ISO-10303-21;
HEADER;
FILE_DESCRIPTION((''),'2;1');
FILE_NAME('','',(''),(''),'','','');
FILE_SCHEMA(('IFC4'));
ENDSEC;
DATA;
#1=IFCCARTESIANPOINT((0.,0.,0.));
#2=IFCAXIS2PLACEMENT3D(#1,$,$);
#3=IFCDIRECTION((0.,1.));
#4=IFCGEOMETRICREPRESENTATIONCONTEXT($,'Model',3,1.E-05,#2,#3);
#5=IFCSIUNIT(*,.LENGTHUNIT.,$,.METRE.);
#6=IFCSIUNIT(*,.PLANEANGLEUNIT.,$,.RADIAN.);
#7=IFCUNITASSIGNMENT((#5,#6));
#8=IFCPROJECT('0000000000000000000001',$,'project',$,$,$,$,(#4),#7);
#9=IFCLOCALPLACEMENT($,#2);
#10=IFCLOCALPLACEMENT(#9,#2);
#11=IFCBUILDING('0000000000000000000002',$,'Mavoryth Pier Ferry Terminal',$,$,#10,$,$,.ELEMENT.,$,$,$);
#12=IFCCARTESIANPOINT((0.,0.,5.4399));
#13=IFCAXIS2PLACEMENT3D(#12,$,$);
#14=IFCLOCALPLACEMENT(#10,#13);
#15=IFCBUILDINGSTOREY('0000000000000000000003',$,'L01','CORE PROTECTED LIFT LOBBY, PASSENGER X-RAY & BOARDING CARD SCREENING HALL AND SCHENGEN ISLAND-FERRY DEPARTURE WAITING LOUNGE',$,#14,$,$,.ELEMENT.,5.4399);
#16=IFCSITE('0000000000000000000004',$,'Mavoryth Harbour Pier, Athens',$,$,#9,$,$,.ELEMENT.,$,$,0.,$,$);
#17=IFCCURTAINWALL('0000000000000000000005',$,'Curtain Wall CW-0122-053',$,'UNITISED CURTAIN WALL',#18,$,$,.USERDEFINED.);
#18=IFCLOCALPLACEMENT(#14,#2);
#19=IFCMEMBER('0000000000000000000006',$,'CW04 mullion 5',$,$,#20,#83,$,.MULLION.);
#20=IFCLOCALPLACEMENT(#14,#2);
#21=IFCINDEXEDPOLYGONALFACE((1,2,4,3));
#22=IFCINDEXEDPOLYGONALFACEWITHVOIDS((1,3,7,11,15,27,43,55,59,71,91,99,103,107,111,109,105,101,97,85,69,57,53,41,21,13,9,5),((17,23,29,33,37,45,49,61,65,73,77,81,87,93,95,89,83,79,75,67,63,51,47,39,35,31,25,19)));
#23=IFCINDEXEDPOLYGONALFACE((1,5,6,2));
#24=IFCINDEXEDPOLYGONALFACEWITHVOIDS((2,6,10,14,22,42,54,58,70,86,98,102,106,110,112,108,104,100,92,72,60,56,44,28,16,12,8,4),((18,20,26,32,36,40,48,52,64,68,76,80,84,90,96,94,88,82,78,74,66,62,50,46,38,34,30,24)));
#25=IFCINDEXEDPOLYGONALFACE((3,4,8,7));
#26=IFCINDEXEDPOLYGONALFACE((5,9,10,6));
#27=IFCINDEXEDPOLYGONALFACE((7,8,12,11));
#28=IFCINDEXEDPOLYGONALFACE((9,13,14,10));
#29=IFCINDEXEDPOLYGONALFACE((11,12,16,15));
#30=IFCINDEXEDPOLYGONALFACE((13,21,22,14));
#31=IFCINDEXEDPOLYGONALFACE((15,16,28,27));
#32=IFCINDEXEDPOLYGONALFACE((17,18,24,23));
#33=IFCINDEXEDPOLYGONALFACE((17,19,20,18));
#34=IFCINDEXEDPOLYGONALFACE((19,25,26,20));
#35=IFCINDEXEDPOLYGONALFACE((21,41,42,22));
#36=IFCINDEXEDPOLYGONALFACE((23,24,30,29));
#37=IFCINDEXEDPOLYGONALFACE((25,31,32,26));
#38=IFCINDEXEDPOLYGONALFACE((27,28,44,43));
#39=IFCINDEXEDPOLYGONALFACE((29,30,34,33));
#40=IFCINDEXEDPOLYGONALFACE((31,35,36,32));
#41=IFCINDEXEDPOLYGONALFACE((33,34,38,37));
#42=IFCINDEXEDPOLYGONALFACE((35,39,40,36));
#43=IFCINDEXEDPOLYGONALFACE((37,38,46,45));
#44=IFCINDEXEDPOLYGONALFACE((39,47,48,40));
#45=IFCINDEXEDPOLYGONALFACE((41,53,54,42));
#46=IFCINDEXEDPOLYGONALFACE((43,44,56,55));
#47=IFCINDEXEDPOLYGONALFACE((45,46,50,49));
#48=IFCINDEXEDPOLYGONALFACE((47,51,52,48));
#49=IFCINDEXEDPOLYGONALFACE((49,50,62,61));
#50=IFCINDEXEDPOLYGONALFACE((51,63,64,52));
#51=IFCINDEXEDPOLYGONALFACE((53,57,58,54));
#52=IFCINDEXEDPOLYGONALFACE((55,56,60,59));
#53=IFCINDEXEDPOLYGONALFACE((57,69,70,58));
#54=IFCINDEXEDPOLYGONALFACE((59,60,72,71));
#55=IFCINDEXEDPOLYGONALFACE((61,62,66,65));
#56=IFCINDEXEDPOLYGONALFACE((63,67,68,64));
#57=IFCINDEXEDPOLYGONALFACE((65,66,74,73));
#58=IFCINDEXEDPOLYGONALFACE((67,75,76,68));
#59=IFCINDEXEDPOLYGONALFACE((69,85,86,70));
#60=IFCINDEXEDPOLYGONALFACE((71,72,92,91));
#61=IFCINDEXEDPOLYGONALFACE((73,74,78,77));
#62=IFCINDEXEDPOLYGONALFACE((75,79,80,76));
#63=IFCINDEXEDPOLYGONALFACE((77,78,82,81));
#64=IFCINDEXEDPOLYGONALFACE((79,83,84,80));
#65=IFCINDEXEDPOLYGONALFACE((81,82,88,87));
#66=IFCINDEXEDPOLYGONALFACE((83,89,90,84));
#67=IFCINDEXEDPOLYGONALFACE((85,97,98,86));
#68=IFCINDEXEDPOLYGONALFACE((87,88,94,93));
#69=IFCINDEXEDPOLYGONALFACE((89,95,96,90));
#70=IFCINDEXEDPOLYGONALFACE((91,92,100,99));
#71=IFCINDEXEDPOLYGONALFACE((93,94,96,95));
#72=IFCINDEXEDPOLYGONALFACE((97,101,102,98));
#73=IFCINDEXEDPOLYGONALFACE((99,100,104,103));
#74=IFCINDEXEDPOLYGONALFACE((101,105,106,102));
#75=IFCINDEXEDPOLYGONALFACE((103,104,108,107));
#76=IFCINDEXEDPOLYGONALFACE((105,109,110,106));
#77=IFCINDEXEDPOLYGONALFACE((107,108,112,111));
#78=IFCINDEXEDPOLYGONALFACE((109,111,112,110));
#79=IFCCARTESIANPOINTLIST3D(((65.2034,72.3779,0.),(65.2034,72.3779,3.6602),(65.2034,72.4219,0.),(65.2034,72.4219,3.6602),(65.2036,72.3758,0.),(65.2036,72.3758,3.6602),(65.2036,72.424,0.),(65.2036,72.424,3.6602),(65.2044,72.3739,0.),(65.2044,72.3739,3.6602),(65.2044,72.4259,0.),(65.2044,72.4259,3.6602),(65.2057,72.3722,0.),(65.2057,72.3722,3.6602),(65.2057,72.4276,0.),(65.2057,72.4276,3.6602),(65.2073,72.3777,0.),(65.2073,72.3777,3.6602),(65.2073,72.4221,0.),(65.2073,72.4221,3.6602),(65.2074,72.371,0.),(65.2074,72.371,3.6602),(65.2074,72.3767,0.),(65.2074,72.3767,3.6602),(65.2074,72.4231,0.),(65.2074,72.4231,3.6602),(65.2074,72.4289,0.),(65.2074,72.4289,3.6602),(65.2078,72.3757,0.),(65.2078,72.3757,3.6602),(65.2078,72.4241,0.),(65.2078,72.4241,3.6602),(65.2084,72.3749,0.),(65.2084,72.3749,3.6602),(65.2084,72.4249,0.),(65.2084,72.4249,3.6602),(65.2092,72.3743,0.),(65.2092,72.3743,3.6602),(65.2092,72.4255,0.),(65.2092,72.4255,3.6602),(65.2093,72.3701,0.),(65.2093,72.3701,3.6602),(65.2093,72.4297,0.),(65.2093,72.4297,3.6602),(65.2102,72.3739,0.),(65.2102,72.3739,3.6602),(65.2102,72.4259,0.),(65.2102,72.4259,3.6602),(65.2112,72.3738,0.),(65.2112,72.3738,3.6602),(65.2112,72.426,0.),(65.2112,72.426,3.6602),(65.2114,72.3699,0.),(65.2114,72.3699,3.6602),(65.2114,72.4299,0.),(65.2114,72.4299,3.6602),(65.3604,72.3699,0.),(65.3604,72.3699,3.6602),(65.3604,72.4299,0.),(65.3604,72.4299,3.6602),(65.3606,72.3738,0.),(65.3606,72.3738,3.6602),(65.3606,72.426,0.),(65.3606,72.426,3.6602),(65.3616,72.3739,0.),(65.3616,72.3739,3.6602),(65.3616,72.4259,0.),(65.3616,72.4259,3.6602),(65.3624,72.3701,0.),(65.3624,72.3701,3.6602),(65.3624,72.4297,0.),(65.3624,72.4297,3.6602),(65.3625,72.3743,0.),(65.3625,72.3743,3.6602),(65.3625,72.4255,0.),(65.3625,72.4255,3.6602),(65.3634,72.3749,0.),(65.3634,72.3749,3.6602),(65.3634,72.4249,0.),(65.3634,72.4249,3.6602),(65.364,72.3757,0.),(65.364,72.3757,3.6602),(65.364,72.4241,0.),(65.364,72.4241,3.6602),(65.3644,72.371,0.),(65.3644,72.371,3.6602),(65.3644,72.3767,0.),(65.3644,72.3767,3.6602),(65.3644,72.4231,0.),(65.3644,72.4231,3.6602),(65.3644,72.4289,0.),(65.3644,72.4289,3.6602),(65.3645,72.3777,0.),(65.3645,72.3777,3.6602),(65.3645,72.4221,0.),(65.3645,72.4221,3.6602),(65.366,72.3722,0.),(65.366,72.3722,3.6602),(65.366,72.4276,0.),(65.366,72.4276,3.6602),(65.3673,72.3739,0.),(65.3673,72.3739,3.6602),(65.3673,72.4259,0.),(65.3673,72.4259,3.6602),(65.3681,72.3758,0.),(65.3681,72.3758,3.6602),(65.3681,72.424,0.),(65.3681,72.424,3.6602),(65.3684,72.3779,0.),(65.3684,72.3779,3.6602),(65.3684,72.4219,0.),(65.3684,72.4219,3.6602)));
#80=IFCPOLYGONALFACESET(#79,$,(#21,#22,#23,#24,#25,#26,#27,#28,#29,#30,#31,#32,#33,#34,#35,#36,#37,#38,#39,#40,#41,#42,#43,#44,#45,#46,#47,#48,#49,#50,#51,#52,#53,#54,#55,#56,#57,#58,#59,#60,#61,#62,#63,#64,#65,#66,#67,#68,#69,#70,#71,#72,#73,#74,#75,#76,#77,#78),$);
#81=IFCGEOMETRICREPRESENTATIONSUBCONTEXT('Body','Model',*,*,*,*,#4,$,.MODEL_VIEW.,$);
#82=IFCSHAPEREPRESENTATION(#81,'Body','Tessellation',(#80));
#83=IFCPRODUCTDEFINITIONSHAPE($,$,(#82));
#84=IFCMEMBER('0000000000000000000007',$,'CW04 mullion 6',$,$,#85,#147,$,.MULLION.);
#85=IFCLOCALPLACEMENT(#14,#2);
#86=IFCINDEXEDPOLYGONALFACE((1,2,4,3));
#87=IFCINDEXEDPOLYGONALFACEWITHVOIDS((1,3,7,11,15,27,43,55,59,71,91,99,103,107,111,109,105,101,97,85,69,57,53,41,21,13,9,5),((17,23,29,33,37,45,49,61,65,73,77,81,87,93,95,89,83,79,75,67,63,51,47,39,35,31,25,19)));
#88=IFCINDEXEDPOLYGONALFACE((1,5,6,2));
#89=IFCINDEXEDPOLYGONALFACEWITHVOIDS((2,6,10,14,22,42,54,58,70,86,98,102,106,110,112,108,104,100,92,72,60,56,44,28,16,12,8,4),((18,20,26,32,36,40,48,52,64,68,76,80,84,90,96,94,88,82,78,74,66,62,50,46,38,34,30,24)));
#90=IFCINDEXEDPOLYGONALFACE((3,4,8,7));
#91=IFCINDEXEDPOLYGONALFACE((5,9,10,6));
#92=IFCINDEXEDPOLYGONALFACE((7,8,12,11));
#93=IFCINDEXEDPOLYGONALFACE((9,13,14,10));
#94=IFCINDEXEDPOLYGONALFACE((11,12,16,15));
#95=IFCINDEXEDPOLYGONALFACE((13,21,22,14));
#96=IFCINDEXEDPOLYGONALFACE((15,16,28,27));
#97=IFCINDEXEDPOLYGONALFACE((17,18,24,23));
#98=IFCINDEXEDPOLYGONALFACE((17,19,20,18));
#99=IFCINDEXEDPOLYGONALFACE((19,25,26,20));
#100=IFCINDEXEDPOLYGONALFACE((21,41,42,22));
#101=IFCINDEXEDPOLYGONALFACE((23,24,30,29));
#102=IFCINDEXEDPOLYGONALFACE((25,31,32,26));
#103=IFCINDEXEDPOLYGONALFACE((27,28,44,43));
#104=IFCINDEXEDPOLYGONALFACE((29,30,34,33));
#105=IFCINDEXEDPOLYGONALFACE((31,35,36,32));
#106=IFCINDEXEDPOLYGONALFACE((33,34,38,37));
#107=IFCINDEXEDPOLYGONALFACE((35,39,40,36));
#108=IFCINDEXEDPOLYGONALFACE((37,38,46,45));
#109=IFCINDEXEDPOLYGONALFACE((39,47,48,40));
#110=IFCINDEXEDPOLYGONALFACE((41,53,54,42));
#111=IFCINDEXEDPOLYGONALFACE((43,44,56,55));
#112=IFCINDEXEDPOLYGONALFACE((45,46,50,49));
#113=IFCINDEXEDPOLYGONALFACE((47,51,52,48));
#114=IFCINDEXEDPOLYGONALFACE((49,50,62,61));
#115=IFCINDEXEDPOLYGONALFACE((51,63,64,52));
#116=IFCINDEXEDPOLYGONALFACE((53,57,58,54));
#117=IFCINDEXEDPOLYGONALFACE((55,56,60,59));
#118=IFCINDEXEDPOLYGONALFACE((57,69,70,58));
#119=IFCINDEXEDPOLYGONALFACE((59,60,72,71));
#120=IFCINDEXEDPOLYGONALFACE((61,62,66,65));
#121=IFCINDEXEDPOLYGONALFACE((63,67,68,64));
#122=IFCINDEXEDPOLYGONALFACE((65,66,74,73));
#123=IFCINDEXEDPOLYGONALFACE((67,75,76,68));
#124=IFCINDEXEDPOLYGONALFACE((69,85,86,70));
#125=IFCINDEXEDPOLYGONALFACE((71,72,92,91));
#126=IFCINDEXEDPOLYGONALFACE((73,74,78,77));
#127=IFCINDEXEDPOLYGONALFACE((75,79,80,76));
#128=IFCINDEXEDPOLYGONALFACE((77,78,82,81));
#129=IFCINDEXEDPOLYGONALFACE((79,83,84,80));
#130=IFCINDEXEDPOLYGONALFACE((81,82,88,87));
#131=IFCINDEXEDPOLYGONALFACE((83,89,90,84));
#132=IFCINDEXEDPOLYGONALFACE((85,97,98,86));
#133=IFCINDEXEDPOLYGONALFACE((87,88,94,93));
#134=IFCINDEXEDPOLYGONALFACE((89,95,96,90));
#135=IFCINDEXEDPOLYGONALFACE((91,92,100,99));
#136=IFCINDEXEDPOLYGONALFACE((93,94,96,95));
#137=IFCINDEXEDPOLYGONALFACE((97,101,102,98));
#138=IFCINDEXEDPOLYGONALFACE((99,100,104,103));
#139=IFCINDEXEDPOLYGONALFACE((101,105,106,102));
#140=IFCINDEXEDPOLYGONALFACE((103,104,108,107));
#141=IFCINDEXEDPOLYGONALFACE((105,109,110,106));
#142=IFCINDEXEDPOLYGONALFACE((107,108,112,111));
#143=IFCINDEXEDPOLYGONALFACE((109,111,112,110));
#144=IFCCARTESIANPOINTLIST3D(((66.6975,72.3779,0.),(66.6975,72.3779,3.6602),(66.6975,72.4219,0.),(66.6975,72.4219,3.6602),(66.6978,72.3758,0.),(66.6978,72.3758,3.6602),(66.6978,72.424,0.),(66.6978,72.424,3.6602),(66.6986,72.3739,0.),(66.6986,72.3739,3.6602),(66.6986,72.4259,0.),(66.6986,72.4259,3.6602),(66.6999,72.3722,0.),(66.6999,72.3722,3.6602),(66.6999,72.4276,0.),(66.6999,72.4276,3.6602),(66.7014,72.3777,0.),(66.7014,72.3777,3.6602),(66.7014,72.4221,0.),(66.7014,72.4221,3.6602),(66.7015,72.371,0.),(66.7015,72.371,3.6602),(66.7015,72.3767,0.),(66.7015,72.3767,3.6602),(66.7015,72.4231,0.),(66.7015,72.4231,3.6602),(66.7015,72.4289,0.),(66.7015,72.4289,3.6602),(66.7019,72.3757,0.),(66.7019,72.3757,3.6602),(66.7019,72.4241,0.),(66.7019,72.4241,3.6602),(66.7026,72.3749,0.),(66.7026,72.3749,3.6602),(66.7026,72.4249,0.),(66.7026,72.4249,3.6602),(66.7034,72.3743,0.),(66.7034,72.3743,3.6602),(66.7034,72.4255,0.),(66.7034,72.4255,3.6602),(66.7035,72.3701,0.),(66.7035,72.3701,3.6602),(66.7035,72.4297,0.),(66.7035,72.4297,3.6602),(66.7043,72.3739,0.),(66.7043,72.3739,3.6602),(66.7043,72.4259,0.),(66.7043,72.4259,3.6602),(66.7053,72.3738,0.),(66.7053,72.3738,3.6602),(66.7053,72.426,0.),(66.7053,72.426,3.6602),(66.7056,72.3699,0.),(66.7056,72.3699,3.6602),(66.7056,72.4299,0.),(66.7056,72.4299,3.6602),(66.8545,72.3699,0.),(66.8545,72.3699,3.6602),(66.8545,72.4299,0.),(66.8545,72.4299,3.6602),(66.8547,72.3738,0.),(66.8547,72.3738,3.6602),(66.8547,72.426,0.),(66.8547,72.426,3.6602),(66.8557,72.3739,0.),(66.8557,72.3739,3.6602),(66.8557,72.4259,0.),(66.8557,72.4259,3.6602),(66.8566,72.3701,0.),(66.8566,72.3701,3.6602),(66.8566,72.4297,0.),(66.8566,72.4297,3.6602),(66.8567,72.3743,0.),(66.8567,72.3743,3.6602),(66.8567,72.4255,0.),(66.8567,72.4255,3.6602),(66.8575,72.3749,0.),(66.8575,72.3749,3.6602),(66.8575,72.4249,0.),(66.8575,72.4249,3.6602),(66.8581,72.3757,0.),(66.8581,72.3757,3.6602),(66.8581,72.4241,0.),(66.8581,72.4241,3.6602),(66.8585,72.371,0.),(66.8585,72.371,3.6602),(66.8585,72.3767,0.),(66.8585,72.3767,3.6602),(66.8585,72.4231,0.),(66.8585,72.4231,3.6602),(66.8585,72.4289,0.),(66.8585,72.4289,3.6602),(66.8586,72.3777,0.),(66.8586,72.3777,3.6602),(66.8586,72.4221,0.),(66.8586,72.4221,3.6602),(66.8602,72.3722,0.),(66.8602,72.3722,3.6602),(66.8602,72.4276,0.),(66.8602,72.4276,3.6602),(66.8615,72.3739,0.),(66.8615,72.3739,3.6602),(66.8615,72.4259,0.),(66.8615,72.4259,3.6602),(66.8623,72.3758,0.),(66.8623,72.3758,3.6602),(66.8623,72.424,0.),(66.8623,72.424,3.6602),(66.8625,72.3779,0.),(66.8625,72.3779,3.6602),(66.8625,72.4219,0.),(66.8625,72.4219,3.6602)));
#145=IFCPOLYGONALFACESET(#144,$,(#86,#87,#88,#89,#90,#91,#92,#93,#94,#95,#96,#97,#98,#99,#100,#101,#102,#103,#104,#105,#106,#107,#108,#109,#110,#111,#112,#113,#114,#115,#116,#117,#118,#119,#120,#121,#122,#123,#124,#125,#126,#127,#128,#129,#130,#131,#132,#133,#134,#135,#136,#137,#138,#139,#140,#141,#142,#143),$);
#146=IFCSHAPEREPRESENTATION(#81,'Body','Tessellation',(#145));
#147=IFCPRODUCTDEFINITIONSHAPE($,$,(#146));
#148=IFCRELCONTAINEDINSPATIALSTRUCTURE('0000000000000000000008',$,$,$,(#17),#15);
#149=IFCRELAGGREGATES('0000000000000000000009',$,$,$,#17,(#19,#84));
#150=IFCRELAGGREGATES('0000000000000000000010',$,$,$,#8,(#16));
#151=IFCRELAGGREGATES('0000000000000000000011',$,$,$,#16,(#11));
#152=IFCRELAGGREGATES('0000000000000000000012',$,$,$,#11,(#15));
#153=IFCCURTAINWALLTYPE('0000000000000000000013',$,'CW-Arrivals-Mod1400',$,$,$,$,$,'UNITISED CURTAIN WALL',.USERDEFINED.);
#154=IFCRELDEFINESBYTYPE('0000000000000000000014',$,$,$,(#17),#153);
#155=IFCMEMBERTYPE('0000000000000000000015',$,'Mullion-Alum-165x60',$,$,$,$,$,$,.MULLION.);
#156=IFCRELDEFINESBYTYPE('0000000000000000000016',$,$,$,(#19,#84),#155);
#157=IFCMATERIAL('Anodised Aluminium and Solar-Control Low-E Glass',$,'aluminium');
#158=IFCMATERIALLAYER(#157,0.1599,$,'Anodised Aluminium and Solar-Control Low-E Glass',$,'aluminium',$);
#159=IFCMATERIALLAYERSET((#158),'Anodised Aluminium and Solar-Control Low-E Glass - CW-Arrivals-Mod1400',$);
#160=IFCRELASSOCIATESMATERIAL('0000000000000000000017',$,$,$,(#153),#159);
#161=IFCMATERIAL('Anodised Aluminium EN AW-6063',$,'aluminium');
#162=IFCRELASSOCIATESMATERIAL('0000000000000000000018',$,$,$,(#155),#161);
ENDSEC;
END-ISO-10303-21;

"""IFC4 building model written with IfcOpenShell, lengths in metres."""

from ifc_helpers import new_model, si_unit, direction, frame, origin, origin_2d, place, context, subcontext, project, spatial, hollow_rectangle, extrude, material, layer, layer_set, material_profile, profile_set, type_object, element, aggregate, save


model = new_model("IFC4")

# Units and contexts
model_context = context("Model", 3, precision=1e-05, world=origin(), true_north=direction((0.0, 1.0)))
body_context = subcontext(model_context, "Body", "Model", "MODEL_VIEW")
ifc_project = project(units=[si_unit("LENGTHUNIT", "METRE"), si_unit("PLANEANGLEUNIT", "RADIAN")], contexts=[model_context])

# Site, building, storey
site_placement = place(None, origin())
site = spatial("IfcSite", under=ifc_project, at=site_placement, Name="Mavoryth Harbour Pier, Athens", CompositionType="ELEMENT", RefElevation=0.0)
building_placement = place(site_placement, origin())
building = spatial("IfcBuilding", under=site, at=building_placement, Name="Mavoryth Pier Ferry Terminal", CompositionType="ELEMENT")
storey_placement = place(building_placement, frame((0.0, 0.0, 5.4399)))
storey = spatial("IfcBuildingStorey", under=building, at=storey_placement, Name="L01", Description="CORE PROTECTED LIFT LOBBY, PASSENGER X-RAY & BOARDING CARD SCREENING HALL AND SCHENGEN ISLAND-FERRY DEPARTURE WAITING LOUNGE", CompositionType="ELEMENT", Elevation=5.4399)

# Curtain wall, members
ifc_material_1 = material(Name="Anodised Aluminium and Solar-Control Low-E Glass", Category="aluminium")
ifc_layer_1 = layer(ifc_material_1, 0.1599, Name="Anodised Aluminium and Solar-Control Low-E Glass", Category="aluminium")
ifc_layer_set_1 = layer_set([ifc_layer_1], Name="Anodised Aluminium and Solar-Control Low-E Glass - CW-Arrivals-Mod1400")
curtain_wall_type_1 = type_object("IfcCurtainWallType", Name="CW-Arrivals-Mod1400", ElementType="UNITISED CURTAIN WALL", PredefinedType="USERDEFINED", material=ifc_layer_set_1)
curtain_wall_1_placement = place(storey_placement, origin())
curtain_wall_1 = element("IfcCurtainWall", 1, at=curtain_wall_1_placement, inside=storey, type_object=curtain_wall_type_1, Name="Curtain Wall CW-0122-053", ObjectType="UNITISED CURTAIN WALL", PredefinedType="USERDEFINED")
ifc_material_2 = material(Name="Anodised Aluminium EN AW-6063", Category="aluminium")
ifc_material_profile_1 = material_profile(ifc_material_2, hollow_rectangle(XDim=0.0601, YDim=0.165, WallThickness=0.0039, InnerFilletRadius=0.0039, OuterFilletRadius=0.0081, at=origin_2d()), Name="AL-MULL 165x60x4", Category="aluminium")
ifc_profile_set_1 = profile_set([ifc_material_profile_1], Name="Anodised Aluminium EN AW-6063 - AL-MULL 165x60x4")
member_type_1 = type_object("IfcMemberType", Name="Mullion-Alum-165x60", PredefinedType="MULLION", material=ifc_profile_set_1)
member_1_placement = place(storey_placement, frame((65.2859, 72.3999, 0.0), z_axis=(0.0, 0.0, 1.0), x_axis=(0.0, 1.0, 0.0)))
member_1 = element("IfcMember", 2, at=member_1_placement, type_object=member_type_1, Name="CW04 mullion 5", PredefinedType="MULLION", context=body_context, shape_type="SweptSolid", body=[
    extrude(hollow_rectangle(XDim=0.0601, YDim=0.165, WallThickness=0.0039, InnerFilletRadius=0.0039, OuterFilletRadius=0.0081, at=origin_2d()), origin(), (0.0, 0.0, 1.0), 3.6602),
])
member_2_placement = place(storey_placement, frame((66.78, 72.3999, 0.0), z_axis=(0.0, 0.0, 1.0), x_axis=(0.0, 1.0, 0.0)))
member_2 = element("IfcMember", 3, at=member_2_placement, type_object=member_type_1, Name="CW04 mullion 6", PredefinedType="MULLION", context=body_context, shape_type="SweptSolid", body=[
    extrude(hollow_rectangle(XDim=0.0601, YDim=0.165, WallThickness=0.0039, InnerFilletRadius=0.0039, OuterFilletRadius=0.0081, at=origin_2d()), origin(), (0.0, 0.0, 1.0), 3.6602),
])

aggregate(curtain_wall_1, [member_1, member_2])

save(model, "model.ifc")
